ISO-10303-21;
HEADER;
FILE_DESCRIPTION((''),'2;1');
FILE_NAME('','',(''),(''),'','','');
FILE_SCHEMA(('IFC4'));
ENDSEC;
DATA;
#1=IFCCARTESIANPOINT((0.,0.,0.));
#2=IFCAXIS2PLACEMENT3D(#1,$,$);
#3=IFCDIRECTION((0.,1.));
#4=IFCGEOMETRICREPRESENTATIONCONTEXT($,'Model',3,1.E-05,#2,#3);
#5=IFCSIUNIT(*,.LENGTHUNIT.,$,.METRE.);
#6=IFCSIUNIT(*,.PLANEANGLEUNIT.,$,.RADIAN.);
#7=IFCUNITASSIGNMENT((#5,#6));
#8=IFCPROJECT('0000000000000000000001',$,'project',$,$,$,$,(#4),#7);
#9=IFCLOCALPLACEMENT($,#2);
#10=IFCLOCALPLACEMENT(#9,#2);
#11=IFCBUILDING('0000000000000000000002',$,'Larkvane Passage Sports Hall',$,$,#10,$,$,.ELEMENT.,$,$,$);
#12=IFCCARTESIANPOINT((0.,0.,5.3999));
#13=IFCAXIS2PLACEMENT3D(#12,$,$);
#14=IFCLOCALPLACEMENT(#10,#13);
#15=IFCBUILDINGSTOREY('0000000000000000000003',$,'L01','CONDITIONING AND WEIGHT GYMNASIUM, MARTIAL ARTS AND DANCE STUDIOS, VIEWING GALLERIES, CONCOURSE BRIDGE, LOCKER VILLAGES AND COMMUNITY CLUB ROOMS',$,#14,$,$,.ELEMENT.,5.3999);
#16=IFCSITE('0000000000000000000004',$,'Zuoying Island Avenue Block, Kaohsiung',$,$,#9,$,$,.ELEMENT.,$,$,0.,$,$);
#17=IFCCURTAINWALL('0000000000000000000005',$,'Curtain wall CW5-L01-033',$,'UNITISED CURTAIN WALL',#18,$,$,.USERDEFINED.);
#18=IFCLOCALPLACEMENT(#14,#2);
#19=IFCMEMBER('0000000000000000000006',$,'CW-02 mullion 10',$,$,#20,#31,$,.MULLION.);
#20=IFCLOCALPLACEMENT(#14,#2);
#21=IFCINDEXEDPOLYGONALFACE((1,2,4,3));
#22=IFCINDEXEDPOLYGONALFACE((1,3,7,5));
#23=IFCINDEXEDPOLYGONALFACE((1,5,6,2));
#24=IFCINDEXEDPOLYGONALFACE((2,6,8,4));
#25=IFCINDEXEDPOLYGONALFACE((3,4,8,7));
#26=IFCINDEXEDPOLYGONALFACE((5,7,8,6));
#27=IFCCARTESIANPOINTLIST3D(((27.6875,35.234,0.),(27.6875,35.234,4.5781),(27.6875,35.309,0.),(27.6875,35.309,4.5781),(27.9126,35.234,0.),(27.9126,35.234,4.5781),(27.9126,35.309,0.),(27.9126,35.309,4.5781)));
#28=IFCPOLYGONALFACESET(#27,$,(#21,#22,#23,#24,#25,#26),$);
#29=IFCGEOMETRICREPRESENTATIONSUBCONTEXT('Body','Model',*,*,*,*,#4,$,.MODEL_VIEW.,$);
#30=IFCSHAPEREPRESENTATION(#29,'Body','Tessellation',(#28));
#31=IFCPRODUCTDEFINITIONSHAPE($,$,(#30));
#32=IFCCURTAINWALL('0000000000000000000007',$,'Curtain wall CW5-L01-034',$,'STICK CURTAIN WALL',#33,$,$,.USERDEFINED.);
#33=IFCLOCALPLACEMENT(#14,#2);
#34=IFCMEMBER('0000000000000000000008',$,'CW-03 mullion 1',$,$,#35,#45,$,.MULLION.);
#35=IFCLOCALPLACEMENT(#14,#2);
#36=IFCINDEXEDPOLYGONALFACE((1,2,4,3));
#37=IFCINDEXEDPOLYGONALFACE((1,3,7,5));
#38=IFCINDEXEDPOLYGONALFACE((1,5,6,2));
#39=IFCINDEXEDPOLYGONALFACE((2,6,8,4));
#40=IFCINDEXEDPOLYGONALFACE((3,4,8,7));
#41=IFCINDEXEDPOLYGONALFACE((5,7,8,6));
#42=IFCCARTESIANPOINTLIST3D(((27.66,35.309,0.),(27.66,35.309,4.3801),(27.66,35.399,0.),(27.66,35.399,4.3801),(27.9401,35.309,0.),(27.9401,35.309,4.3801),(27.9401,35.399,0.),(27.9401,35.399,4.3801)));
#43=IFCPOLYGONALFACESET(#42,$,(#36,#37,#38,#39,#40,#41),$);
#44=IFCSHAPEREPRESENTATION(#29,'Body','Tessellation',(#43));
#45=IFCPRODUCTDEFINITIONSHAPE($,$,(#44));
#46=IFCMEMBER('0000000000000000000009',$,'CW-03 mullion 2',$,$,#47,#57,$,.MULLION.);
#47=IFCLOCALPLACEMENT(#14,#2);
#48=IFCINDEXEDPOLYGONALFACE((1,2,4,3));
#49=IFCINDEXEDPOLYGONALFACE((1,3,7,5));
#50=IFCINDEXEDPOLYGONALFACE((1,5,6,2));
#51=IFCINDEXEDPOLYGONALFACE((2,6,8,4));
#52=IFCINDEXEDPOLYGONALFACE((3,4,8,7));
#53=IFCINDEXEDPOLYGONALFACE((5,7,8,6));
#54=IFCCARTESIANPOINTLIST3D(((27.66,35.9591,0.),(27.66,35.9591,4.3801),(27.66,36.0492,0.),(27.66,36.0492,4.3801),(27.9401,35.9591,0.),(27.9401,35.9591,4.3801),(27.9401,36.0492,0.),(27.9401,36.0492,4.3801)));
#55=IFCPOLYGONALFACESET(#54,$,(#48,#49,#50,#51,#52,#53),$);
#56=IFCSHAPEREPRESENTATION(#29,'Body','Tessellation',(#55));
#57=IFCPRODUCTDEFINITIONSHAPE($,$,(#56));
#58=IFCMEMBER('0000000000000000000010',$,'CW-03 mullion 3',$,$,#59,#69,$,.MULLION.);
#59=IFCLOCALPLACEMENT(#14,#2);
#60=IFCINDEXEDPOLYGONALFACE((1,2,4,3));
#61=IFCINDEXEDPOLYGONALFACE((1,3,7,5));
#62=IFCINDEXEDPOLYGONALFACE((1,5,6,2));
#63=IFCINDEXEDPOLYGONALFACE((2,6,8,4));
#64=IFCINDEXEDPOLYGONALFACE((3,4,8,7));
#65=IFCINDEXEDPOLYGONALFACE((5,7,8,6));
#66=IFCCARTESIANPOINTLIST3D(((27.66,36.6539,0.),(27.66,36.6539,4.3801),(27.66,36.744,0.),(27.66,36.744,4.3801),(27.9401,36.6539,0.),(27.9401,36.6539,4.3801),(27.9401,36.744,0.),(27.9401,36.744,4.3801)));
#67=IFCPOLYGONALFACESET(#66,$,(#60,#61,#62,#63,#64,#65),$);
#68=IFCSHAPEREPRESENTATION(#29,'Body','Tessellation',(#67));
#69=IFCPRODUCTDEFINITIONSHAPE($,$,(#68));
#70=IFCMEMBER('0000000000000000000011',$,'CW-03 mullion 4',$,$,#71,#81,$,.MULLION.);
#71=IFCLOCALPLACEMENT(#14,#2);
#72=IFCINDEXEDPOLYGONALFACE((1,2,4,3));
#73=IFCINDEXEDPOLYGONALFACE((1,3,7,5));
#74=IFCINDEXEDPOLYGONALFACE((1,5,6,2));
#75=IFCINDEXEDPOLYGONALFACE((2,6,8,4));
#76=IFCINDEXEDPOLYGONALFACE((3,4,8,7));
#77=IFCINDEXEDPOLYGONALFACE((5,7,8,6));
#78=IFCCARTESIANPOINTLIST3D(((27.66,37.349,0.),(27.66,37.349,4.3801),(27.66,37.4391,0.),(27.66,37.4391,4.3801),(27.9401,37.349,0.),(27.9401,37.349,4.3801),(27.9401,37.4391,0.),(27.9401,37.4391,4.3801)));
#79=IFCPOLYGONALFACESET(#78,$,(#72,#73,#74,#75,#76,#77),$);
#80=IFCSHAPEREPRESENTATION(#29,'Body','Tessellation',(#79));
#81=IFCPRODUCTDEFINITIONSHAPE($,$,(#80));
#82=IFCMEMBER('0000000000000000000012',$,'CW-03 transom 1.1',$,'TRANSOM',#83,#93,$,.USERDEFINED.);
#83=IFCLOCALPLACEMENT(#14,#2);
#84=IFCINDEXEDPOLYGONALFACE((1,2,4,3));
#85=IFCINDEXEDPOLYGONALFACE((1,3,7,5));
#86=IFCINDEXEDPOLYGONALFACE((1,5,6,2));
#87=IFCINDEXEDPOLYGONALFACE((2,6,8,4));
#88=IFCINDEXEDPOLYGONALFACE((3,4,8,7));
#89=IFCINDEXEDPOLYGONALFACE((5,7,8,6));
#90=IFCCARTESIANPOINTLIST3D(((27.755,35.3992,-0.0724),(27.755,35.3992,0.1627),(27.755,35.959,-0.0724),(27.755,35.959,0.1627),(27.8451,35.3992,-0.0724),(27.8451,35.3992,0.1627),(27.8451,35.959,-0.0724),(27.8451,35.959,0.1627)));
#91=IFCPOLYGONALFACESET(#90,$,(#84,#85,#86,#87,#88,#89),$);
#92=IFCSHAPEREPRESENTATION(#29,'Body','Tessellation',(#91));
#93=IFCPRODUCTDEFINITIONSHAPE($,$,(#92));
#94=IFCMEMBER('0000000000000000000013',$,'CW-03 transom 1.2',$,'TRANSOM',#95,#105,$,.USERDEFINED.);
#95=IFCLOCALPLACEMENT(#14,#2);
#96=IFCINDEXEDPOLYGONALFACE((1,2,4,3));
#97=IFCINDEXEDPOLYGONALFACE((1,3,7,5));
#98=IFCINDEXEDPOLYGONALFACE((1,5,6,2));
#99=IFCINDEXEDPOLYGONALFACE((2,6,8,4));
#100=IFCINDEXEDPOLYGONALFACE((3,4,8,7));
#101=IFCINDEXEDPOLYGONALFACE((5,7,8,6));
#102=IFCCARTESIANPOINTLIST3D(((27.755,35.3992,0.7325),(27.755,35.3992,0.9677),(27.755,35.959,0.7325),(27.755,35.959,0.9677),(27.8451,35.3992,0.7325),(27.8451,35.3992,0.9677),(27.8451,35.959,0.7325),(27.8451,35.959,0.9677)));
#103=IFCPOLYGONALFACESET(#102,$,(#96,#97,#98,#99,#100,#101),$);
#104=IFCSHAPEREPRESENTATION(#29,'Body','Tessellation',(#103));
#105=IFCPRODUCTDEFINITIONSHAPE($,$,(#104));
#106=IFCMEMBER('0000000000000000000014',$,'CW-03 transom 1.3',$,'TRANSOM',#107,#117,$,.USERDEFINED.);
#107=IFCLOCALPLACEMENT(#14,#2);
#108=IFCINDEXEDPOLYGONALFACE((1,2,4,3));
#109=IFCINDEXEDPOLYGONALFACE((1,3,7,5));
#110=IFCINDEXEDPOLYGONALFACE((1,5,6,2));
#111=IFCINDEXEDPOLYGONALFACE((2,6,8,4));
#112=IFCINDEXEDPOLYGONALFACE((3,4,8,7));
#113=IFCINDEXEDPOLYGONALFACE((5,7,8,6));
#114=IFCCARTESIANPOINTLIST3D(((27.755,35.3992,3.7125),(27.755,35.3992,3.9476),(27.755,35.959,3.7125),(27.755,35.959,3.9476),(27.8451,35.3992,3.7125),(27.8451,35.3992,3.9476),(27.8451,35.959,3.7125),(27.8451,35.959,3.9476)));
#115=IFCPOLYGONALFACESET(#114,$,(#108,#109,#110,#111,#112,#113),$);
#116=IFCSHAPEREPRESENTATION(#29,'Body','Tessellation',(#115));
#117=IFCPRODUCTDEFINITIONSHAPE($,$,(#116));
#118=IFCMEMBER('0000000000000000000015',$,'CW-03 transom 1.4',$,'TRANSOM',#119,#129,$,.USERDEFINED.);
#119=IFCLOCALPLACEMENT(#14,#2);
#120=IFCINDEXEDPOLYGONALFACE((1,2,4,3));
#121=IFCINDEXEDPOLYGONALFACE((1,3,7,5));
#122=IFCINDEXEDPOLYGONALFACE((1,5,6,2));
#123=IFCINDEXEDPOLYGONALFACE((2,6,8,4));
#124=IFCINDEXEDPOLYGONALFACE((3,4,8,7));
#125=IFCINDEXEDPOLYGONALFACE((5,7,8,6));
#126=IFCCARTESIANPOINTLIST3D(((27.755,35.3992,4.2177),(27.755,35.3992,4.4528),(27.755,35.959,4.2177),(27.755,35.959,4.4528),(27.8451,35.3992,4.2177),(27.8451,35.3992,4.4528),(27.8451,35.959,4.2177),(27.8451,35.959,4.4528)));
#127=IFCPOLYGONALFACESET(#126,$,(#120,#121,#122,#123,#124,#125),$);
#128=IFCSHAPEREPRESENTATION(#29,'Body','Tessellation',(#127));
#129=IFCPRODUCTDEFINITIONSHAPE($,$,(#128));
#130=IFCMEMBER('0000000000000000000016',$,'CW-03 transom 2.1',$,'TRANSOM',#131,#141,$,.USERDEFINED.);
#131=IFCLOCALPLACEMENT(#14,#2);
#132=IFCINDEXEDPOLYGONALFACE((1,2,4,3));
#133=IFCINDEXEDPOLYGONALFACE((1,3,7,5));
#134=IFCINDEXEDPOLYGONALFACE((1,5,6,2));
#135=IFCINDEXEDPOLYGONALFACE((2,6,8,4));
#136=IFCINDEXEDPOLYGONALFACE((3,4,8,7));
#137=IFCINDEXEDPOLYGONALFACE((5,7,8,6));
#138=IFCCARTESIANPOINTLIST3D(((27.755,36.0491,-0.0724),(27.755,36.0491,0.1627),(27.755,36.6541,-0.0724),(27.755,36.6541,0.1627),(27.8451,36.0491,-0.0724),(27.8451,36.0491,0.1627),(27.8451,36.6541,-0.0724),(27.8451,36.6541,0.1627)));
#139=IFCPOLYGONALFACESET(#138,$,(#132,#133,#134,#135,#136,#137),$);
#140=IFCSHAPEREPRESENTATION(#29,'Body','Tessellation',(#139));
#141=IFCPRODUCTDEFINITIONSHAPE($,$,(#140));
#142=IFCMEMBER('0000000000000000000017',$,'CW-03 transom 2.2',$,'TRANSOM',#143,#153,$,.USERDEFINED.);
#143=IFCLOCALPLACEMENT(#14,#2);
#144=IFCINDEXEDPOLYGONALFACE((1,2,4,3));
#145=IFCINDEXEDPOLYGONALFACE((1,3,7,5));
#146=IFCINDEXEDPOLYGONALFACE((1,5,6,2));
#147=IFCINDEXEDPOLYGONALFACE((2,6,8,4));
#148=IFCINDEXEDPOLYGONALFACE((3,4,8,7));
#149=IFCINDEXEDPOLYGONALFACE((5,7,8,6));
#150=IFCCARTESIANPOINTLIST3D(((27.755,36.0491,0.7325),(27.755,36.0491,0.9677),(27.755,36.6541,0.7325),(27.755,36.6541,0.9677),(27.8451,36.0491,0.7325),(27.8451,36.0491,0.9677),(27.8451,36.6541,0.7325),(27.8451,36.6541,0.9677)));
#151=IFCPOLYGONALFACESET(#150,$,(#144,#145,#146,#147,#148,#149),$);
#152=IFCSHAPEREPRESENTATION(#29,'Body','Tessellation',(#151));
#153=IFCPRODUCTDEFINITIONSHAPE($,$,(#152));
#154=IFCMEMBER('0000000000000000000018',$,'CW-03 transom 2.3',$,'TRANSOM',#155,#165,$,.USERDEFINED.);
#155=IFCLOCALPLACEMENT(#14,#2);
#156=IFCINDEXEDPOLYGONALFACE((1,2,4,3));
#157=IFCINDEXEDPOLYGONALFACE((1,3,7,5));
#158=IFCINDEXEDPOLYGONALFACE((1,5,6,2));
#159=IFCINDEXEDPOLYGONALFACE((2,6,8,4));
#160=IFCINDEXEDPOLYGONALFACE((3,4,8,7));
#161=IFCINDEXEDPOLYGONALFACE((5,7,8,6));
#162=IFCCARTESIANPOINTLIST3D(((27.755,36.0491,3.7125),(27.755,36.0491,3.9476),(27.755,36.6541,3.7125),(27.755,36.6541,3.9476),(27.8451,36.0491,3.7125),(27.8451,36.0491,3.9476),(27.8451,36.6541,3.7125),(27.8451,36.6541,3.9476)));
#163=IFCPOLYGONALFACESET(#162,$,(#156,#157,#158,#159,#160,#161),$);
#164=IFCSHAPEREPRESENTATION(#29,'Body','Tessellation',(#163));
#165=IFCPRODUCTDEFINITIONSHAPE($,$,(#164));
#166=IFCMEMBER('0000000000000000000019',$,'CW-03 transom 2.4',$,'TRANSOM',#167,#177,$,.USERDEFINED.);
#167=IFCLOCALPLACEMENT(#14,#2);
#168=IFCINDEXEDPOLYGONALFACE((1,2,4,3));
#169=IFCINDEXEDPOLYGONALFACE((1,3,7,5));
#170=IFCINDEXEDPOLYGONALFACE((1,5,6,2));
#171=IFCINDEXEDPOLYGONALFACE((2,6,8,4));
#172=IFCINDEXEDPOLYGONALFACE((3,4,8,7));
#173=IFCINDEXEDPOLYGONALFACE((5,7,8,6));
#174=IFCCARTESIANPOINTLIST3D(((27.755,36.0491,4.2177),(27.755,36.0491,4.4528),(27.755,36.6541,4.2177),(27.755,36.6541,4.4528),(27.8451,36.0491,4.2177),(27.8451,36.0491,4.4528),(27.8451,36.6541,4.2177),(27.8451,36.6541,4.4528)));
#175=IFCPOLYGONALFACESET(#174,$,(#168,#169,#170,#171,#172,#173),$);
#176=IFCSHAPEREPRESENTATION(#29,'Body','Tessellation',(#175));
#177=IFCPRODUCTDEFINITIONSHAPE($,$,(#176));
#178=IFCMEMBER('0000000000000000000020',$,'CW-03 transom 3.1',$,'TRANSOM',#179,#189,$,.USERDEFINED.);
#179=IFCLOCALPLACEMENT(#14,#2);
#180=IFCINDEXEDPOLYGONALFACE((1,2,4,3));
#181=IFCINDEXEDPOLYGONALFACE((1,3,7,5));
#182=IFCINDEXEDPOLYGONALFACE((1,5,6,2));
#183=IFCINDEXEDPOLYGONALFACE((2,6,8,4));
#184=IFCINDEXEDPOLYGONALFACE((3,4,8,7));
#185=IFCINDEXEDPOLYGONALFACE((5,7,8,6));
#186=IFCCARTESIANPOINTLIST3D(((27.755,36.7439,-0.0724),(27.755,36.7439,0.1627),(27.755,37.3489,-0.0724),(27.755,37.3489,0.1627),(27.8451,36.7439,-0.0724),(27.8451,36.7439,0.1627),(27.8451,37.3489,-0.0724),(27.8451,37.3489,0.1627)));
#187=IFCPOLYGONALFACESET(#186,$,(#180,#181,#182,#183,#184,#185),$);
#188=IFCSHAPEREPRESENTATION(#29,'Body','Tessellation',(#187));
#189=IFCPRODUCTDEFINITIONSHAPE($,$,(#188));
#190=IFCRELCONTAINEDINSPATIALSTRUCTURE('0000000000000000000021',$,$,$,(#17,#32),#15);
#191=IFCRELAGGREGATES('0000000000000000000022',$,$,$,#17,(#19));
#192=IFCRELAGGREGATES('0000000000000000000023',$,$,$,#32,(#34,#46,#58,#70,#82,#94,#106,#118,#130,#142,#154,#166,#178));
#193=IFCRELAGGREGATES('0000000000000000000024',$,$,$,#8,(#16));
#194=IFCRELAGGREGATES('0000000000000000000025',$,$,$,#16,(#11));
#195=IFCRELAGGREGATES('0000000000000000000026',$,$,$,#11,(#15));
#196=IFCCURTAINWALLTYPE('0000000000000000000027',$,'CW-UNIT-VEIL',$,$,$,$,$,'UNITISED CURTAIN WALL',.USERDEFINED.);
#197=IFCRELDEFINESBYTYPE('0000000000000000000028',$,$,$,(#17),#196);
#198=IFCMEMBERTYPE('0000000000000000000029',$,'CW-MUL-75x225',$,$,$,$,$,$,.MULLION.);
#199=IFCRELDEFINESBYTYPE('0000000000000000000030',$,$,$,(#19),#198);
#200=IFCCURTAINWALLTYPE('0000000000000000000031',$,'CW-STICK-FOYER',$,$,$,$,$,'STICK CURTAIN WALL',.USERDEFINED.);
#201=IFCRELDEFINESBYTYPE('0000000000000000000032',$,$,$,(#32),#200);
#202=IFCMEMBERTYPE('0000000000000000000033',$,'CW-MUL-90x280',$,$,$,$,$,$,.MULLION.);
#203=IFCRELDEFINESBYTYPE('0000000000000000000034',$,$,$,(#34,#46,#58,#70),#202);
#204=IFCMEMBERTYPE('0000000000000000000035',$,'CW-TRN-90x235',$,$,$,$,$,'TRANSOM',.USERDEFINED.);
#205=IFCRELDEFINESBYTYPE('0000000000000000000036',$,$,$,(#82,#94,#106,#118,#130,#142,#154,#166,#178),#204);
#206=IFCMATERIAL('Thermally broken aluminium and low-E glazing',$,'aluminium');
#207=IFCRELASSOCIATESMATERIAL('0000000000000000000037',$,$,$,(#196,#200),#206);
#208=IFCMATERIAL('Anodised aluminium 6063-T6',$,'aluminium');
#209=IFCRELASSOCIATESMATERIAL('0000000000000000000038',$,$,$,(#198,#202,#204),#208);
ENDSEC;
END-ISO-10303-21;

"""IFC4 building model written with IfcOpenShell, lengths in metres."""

from ifc_helpers import new_model, si_unit, direction, frame, origin, origin_2d, place, context, subcontext, project, spatial, rectangle, extrude, material, material_profile, profile_set, type_object, element, aggregate, save


model = new_model("IFC4")

# Units and contexts
model_context = context("Model", 3, precision=1e-05, world=origin(), true_north=direction((0.0, 1.0)))
body_context = subcontext(model_context, "Body", "Model", "MODEL_VIEW")
ifc_project = project(units=[si_unit("LENGTHUNIT", "METRE"), si_unit("PLANEANGLEUNIT", "RADIAN")], contexts=[model_context])

# Site, building, storey
site_placement = place(None, origin())
site = spatial("IfcSite", under=ifc_project, at=site_placement, Name="Zuoying Island Avenue Block, Kaohsiung", CompositionType="ELEMENT", RefElevation=0.0)
building_placement = place(site_placement, origin())
building = spatial("IfcBuilding", under=site, at=building_placement, Name="Larkvane Passage Sports Hall", CompositionType="ELEMENT")
storey_placement = place(building_placement, frame((0.0, 0.0, 5.3999)))
storey = spatial("IfcBuildingStorey", under=building, at=storey_placement, Name="L01", Description="CONDITIONING AND WEIGHT GYMNASIUM, MARTIAL ARTS AND DANCE STUDIOS, VIEWING GALLERIES, CONCOURSE BRIDGE, LOCKER VILLAGES AND COMMUNITY CLUB ROOMS", CompositionType="ELEMENT", Elevation=5.3999)

# Curtain wall, member
ifc_material_1 = material(Name="Thermally broken aluminium and low-E glazing", Category="aluminium")
curtain_wall_type_1 = type_object("IfcCurtainWallType", Name="CW-UNIT-VEIL", ElementType="UNITISED CURTAIN WALL", PredefinedType="USERDEFINED", material=ifc_material_1)
curtain_wall_1_placement = place(storey_placement, origin())
curtain_wall_1 = element("IfcCurtainWall", 1, at=curtain_wall_1_placement, inside=storey, type_object=curtain_wall_type_1, Name="Curtain wall CW5-L01-033", ObjectType="UNITISED CURTAIN WALL", PredefinedType="USERDEFINED")
ifc_material_2 = material(Name="Anodised aluminium 6063-T6", Category="aluminium")
ifc_material_profile_1 = material_profile(ifc_material_2, rectangle(XDim=0.075, YDim=0.2251, at=origin_2d()), Name="ALU-MUL-75x225")
ifc_profile_set_1 = profile_set([ifc_material_profile_1], Name="Anodised aluminium 6063-T6")
member_type_1 = type_object("IfcMemberType", Name="CW-MUL-75x225", PredefinedType="MULLION", material=ifc_profile_set_1)
member_1_placement = place(storey_placement, frame((27.8, 35.2715, 0.0), z_axis=(0.0, 0.0, 1.0), x_axis=(0.0, 1.0, 0.0)))
member_1 = element("IfcMember", 2, at=member_1_placement, type_object=member_type_1, Name="CW-02 mullion 10", PredefinedType="MULLION", context=body_context, shape_type="SweptSolid", body=[
    extrude(rectangle(XDim=0.075, YDim=0.2251, at=origin_2d()), origin(), (0.0, 0.0, 1.0), 4.5781),
])

# Curtain wall, members
curtain_wall_type_2 = type_object("IfcCurtainWallType", Name="CW-STICK-FOYER", ElementType="STICK CURTAIN WALL", PredefinedType="USERDEFINED", material=ifc_material_1)
curtain_wall_2_placement = place(storey_placement, origin())
curtain_wall_2 = element("IfcCurtainWall", 3, at=curtain_wall_2_placement, inside=storey, type_object=curtain_wall_type_2, Name="Curtain wall CW5-L01-034", ObjectType="STICK CURTAIN WALL", PredefinedType="USERDEFINED")
ifc_material_profile_2 = material_profile(ifc_material_2, rectangle(XDim=0.0901, YDim=0.28, at=origin_2d()), Name="ALU-MUL-90x280")
ifc_profile_set_2 = profile_set([ifc_material_profile_2], Name="Anodised aluminium 6063-T6")
member_type_2 = type_object("IfcMemberType", Name="CW-MUL-90x280", PredefinedType="MULLION", material=ifc_profile_set_2)
member_2_placement = place(storey_placement, frame((27.8, 35.354, 0.0), z_axis=(0.0, 0.0, 1.0), x_axis=(0.0, 1.0, 0.0)))
member_2 = element("IfcMember", 4, at=member_2_placement, type_object=member_type_2, Name="CW-03 mullion 1", PredefinedType="MULLION", context=body_context, shape_type="SweptSolid", body=[
    extrude(rectangle(XDim=0.0901, YDim=0.28, at=origin_2d()), origin(), (0.0, 0.0, 1.0), 4.3801),
])
member_3_placement = place(storey_placement, frame((27.8, 36.0042, 0.0), z_axis=(0.0, 0.0, 1.0), x_axis=(0.0, 1.0, 0.0)))
member_3 = element("IfcMember", 5, at=member_3_placement, type_object=member_type_2, Name="CW-03 mullion 2", PredefinedType="MULLION", context=body_context, shape_type="SweptSolid", body=[
    extrude(rectangle(XDim=0.0901, YDim=0.28, at=origin_2d()), origin(), (0.0, 0.0, 1.0), 4.3801),
])
member_4_placement = place(storey_placement, frame((27.8, 36.699, 0.0), z_axis=(0.0, 0.0, 1.0), x_axis=(0.0, 1.0, 0.0)))
member_4 = element("IfcMember", 6, at=member_4_placement, type_object=member_type_2, Name="CW-03 mullion 3", PredefinedType="MULLION", context=body_context, shape_type="SweptSolid", body=[
    extrude(rectangle(XDim=0.0901, YDim=0.28, at=origin_2d()), origin(), (0.0, 0.0, 1.0), 4.3801),
])
member_5_placement = place(storey_placement, frame((27.8, 37.394, 0.0), z_axis=(0.0, 0.0, 1.0), x_axis=(0.0, 1.0, 0.0)))
member_5 = element("IfcMember", 7, at=member_5_placement, type_object=member_type_2, Name="CW-03 mullion 4", PredefinedType="MULLION", context=body_context, shape_type="SweptSolid", body=[
    extrude(rectangle(XDim=0.0901, YDim=0.28, at=origin_2d()), origin(), (0.0, 0.0, 1.0), 4.3801),
])
ifc_material_profile_3 = material_profile(ifc_material_2, rectangle(XDim=0.0901, YDim=0.2351, at=origin_2d()), Name="ALU-TRN-90x235")
ifc_profile_set_3 = profile_set([ifc_material_profile_3], Name="Anodised aluminium 6063-T6")
member_type_3 = type_object("IfcMemberType", Name="CW-TRN-90x235", ElementType="TRANSOM", PredefinedType="USERDEFINED", material=ifc_profile_set_3)
member_6_placement = place(storey_placement, frame((27.8, 35.3992, 0.0452), z_axis=(0.0, 1.0, 0.0), x_axis=(-1.0, 0.0, 0.0)))
member_6 = element("IfcMember", 8, at=member_6_placement, type_object=member_type_3, Name="CW-03 transom 1.1", ObjectType="TRANSOM", PredefinedType="USERDEFINED", context=body_context, shape_type="SweptSolid", body=[
    extrude(rectangle(XDim=0.0901, YDim=0.2351, at=origin_2d()), origin(), (0.0, 0.0, 1.0), 0.5598),
])
member_7_placement = place(storey_placement, frame((27.8, 35.3992, 0.8501), z_axis=(0.0, 1.0, 0.0), x_axis=(-1.0, 0.0, 0.0)))
member_7 = element("IfcMember", 9, at=member_7_placement, type_object=member_type_3, Name="CW-03 transom 1.2", ObjectType="TRANSOM", PredefinedType="USERDEFINED", context=body_context, shape_type="SweptSolid", body=[
    extrude(rectangle(XDim=0.0901, YDim=0.2351, at=origin_2d()), origin(), (0.0, 0.0, 1.0), 0.5598),
])
member_8_placement = place(storey_placement, frame((27.8, 35.3992, 3.8301), z_axis=(0.0, 1.0, 0.0), x_axis=(-1.0, 0.0, 0.0)))
member_8 = element("IfcMember", 10, at=member_8_placement, type_object=member_type_3, Name="CW-03 transom 1.3", ObjectType="TRANSOM", PredefinedType="USERDEFINED", context=body_context, shape_type="SweptSolid", body=[
    extrude(rectangle(XDim=0.0901, YDim=0.2351, at=origin_2d()), origin(), (0.0, 0.0, 1.0), 0.5598),
])
member_9_placement = place(storey_placement, frame((27.8, 35.3992, 4.3352), z_axis=(0.0, 1.0, 0.0), x_axis=(-1.0, 0.0, 0.0)))
member_9 = element("IfcMember", 11, at=member_9_placement, type_object=member_type_3, Name="CW-03 transom 1.4", ObjectType="TRANSOM", PredefinedType="USERDEFINED", context=body_context, shape_type="SweptSolid", body=[
    extrude(rectangle(XDim=0.0901, YDim=0.2351, at=origin_2d()), origin(), (0.0, 0.0, 1.0), 0.5598),
])
member_10_placement = place(storey_placement, frame((27.8, 36.0491, 0.0452), z_axis=(0.0, 1.0, 0.0), x_axis=(-1.0, 0.0, 0.0)))
member_10 = element("IfcMember", 12, at=member_10_placement, type_object=member_type_3, Name="CW-03 transom 2.1", ObjectType="TRANSOM", PredefinedType="USERDEFINED", context=body_context, shape_type="SweptSolid", body=[
    extrude(rectangle(XDim=0.0901, YDim=0.2351, at=origin_2d()), origin(), (0.0, 0.0, 1.0), 0.605),
])
member_11_placement = place(storey_placement, frame((27.8, 36.0491, 0.8501), z_axis=(0.0, 1.0, 0.0), x_axis=(-1.0, 0.0, 0.0)))
member_11 = element("IfcMember", 13, at=member_11_placement, type_object=member_type_3, Name="CW-03 transom 2.2", ObjectType="TRANSOM", PredefinedType="USERDEFINED", context=body_context, shape_type="SweptSolid", body=[
    extrude(rectangle(XDim=0.0901, YDim=0.2351, at=origin_2d()), origin(), (0.0, 0.0, 1.0), 0.605),
])
member_12_placement = place(storey_placement, frame((27.8, 36.0491, 3.8301), z_axis=(0.0, 1.0, 0.0), x_axis=(-1.0, 0.0, 0.0)))
member_12 = element("IfcMember", 14, at=member_12_placement, type_object=member_type_3, Name="CW-03 transom 2.3", ObjectType="TRANSOM", PredefinedType="USERDEFINED", context=body_context, shape_type="SweptSolid", body=[
    extrude(rectangle(XDim=0.0901, YDim=0.2351, at=origin_2d()), origin(), (0.0, 0.0, 1.0), 0.605),
])
member_13_placement = place(storey_placement, frame((27.8, 36.0491, 4.3352), z_axis=(0.0, 1.0, 0.0), x_axis=(-1.0, 0.0, 0.0)))
member_13 = element("IfcMember", 15, at=member_13_placement, type_object=member_type_3, Name="CW-03 transom 2.4", ObjectType="TRANSOM", PredefinedType="USERDEFINED", context=body_context, shape_type="SweptSolid", body=[
    extrude(rectangle(XDim=0.0901, YDim=0.2351, at=origin_2d()), origin(), (0.0, 0.0, 1.0), 0.605),
])
member_14_placement = place(storey_placement, frame((27.8, 36.7439, 0.0452), z_axis=(0.0, 1.0, 0.0), x_axis=(-1.0, 0.0, 0.0)))
member_14 = element("IfcMember", 16, at=member_14_placement, type_object=member_type_3, Name="CW-03 transom 3.1", ObjectType="TRANSOM", PredefinedType="USERDEFINED", context=body_context, shape_type="SweptSolid", body=[
    extrude(rectangle(XDim=0.0901, YDim=0.2351, at=origin_2d()), origin(), (0.0, 0.0, 1.0), 0.605),
])

aggregate(curtain_wall_1, [member_1])
aggregate(curtain_wall_2, [member_2, member_3, member_4, member_5, member_6, member_7, member_8, member_9, member_10, member_11, member_12, member_13, member_14])

save(model, "model.ifc")
